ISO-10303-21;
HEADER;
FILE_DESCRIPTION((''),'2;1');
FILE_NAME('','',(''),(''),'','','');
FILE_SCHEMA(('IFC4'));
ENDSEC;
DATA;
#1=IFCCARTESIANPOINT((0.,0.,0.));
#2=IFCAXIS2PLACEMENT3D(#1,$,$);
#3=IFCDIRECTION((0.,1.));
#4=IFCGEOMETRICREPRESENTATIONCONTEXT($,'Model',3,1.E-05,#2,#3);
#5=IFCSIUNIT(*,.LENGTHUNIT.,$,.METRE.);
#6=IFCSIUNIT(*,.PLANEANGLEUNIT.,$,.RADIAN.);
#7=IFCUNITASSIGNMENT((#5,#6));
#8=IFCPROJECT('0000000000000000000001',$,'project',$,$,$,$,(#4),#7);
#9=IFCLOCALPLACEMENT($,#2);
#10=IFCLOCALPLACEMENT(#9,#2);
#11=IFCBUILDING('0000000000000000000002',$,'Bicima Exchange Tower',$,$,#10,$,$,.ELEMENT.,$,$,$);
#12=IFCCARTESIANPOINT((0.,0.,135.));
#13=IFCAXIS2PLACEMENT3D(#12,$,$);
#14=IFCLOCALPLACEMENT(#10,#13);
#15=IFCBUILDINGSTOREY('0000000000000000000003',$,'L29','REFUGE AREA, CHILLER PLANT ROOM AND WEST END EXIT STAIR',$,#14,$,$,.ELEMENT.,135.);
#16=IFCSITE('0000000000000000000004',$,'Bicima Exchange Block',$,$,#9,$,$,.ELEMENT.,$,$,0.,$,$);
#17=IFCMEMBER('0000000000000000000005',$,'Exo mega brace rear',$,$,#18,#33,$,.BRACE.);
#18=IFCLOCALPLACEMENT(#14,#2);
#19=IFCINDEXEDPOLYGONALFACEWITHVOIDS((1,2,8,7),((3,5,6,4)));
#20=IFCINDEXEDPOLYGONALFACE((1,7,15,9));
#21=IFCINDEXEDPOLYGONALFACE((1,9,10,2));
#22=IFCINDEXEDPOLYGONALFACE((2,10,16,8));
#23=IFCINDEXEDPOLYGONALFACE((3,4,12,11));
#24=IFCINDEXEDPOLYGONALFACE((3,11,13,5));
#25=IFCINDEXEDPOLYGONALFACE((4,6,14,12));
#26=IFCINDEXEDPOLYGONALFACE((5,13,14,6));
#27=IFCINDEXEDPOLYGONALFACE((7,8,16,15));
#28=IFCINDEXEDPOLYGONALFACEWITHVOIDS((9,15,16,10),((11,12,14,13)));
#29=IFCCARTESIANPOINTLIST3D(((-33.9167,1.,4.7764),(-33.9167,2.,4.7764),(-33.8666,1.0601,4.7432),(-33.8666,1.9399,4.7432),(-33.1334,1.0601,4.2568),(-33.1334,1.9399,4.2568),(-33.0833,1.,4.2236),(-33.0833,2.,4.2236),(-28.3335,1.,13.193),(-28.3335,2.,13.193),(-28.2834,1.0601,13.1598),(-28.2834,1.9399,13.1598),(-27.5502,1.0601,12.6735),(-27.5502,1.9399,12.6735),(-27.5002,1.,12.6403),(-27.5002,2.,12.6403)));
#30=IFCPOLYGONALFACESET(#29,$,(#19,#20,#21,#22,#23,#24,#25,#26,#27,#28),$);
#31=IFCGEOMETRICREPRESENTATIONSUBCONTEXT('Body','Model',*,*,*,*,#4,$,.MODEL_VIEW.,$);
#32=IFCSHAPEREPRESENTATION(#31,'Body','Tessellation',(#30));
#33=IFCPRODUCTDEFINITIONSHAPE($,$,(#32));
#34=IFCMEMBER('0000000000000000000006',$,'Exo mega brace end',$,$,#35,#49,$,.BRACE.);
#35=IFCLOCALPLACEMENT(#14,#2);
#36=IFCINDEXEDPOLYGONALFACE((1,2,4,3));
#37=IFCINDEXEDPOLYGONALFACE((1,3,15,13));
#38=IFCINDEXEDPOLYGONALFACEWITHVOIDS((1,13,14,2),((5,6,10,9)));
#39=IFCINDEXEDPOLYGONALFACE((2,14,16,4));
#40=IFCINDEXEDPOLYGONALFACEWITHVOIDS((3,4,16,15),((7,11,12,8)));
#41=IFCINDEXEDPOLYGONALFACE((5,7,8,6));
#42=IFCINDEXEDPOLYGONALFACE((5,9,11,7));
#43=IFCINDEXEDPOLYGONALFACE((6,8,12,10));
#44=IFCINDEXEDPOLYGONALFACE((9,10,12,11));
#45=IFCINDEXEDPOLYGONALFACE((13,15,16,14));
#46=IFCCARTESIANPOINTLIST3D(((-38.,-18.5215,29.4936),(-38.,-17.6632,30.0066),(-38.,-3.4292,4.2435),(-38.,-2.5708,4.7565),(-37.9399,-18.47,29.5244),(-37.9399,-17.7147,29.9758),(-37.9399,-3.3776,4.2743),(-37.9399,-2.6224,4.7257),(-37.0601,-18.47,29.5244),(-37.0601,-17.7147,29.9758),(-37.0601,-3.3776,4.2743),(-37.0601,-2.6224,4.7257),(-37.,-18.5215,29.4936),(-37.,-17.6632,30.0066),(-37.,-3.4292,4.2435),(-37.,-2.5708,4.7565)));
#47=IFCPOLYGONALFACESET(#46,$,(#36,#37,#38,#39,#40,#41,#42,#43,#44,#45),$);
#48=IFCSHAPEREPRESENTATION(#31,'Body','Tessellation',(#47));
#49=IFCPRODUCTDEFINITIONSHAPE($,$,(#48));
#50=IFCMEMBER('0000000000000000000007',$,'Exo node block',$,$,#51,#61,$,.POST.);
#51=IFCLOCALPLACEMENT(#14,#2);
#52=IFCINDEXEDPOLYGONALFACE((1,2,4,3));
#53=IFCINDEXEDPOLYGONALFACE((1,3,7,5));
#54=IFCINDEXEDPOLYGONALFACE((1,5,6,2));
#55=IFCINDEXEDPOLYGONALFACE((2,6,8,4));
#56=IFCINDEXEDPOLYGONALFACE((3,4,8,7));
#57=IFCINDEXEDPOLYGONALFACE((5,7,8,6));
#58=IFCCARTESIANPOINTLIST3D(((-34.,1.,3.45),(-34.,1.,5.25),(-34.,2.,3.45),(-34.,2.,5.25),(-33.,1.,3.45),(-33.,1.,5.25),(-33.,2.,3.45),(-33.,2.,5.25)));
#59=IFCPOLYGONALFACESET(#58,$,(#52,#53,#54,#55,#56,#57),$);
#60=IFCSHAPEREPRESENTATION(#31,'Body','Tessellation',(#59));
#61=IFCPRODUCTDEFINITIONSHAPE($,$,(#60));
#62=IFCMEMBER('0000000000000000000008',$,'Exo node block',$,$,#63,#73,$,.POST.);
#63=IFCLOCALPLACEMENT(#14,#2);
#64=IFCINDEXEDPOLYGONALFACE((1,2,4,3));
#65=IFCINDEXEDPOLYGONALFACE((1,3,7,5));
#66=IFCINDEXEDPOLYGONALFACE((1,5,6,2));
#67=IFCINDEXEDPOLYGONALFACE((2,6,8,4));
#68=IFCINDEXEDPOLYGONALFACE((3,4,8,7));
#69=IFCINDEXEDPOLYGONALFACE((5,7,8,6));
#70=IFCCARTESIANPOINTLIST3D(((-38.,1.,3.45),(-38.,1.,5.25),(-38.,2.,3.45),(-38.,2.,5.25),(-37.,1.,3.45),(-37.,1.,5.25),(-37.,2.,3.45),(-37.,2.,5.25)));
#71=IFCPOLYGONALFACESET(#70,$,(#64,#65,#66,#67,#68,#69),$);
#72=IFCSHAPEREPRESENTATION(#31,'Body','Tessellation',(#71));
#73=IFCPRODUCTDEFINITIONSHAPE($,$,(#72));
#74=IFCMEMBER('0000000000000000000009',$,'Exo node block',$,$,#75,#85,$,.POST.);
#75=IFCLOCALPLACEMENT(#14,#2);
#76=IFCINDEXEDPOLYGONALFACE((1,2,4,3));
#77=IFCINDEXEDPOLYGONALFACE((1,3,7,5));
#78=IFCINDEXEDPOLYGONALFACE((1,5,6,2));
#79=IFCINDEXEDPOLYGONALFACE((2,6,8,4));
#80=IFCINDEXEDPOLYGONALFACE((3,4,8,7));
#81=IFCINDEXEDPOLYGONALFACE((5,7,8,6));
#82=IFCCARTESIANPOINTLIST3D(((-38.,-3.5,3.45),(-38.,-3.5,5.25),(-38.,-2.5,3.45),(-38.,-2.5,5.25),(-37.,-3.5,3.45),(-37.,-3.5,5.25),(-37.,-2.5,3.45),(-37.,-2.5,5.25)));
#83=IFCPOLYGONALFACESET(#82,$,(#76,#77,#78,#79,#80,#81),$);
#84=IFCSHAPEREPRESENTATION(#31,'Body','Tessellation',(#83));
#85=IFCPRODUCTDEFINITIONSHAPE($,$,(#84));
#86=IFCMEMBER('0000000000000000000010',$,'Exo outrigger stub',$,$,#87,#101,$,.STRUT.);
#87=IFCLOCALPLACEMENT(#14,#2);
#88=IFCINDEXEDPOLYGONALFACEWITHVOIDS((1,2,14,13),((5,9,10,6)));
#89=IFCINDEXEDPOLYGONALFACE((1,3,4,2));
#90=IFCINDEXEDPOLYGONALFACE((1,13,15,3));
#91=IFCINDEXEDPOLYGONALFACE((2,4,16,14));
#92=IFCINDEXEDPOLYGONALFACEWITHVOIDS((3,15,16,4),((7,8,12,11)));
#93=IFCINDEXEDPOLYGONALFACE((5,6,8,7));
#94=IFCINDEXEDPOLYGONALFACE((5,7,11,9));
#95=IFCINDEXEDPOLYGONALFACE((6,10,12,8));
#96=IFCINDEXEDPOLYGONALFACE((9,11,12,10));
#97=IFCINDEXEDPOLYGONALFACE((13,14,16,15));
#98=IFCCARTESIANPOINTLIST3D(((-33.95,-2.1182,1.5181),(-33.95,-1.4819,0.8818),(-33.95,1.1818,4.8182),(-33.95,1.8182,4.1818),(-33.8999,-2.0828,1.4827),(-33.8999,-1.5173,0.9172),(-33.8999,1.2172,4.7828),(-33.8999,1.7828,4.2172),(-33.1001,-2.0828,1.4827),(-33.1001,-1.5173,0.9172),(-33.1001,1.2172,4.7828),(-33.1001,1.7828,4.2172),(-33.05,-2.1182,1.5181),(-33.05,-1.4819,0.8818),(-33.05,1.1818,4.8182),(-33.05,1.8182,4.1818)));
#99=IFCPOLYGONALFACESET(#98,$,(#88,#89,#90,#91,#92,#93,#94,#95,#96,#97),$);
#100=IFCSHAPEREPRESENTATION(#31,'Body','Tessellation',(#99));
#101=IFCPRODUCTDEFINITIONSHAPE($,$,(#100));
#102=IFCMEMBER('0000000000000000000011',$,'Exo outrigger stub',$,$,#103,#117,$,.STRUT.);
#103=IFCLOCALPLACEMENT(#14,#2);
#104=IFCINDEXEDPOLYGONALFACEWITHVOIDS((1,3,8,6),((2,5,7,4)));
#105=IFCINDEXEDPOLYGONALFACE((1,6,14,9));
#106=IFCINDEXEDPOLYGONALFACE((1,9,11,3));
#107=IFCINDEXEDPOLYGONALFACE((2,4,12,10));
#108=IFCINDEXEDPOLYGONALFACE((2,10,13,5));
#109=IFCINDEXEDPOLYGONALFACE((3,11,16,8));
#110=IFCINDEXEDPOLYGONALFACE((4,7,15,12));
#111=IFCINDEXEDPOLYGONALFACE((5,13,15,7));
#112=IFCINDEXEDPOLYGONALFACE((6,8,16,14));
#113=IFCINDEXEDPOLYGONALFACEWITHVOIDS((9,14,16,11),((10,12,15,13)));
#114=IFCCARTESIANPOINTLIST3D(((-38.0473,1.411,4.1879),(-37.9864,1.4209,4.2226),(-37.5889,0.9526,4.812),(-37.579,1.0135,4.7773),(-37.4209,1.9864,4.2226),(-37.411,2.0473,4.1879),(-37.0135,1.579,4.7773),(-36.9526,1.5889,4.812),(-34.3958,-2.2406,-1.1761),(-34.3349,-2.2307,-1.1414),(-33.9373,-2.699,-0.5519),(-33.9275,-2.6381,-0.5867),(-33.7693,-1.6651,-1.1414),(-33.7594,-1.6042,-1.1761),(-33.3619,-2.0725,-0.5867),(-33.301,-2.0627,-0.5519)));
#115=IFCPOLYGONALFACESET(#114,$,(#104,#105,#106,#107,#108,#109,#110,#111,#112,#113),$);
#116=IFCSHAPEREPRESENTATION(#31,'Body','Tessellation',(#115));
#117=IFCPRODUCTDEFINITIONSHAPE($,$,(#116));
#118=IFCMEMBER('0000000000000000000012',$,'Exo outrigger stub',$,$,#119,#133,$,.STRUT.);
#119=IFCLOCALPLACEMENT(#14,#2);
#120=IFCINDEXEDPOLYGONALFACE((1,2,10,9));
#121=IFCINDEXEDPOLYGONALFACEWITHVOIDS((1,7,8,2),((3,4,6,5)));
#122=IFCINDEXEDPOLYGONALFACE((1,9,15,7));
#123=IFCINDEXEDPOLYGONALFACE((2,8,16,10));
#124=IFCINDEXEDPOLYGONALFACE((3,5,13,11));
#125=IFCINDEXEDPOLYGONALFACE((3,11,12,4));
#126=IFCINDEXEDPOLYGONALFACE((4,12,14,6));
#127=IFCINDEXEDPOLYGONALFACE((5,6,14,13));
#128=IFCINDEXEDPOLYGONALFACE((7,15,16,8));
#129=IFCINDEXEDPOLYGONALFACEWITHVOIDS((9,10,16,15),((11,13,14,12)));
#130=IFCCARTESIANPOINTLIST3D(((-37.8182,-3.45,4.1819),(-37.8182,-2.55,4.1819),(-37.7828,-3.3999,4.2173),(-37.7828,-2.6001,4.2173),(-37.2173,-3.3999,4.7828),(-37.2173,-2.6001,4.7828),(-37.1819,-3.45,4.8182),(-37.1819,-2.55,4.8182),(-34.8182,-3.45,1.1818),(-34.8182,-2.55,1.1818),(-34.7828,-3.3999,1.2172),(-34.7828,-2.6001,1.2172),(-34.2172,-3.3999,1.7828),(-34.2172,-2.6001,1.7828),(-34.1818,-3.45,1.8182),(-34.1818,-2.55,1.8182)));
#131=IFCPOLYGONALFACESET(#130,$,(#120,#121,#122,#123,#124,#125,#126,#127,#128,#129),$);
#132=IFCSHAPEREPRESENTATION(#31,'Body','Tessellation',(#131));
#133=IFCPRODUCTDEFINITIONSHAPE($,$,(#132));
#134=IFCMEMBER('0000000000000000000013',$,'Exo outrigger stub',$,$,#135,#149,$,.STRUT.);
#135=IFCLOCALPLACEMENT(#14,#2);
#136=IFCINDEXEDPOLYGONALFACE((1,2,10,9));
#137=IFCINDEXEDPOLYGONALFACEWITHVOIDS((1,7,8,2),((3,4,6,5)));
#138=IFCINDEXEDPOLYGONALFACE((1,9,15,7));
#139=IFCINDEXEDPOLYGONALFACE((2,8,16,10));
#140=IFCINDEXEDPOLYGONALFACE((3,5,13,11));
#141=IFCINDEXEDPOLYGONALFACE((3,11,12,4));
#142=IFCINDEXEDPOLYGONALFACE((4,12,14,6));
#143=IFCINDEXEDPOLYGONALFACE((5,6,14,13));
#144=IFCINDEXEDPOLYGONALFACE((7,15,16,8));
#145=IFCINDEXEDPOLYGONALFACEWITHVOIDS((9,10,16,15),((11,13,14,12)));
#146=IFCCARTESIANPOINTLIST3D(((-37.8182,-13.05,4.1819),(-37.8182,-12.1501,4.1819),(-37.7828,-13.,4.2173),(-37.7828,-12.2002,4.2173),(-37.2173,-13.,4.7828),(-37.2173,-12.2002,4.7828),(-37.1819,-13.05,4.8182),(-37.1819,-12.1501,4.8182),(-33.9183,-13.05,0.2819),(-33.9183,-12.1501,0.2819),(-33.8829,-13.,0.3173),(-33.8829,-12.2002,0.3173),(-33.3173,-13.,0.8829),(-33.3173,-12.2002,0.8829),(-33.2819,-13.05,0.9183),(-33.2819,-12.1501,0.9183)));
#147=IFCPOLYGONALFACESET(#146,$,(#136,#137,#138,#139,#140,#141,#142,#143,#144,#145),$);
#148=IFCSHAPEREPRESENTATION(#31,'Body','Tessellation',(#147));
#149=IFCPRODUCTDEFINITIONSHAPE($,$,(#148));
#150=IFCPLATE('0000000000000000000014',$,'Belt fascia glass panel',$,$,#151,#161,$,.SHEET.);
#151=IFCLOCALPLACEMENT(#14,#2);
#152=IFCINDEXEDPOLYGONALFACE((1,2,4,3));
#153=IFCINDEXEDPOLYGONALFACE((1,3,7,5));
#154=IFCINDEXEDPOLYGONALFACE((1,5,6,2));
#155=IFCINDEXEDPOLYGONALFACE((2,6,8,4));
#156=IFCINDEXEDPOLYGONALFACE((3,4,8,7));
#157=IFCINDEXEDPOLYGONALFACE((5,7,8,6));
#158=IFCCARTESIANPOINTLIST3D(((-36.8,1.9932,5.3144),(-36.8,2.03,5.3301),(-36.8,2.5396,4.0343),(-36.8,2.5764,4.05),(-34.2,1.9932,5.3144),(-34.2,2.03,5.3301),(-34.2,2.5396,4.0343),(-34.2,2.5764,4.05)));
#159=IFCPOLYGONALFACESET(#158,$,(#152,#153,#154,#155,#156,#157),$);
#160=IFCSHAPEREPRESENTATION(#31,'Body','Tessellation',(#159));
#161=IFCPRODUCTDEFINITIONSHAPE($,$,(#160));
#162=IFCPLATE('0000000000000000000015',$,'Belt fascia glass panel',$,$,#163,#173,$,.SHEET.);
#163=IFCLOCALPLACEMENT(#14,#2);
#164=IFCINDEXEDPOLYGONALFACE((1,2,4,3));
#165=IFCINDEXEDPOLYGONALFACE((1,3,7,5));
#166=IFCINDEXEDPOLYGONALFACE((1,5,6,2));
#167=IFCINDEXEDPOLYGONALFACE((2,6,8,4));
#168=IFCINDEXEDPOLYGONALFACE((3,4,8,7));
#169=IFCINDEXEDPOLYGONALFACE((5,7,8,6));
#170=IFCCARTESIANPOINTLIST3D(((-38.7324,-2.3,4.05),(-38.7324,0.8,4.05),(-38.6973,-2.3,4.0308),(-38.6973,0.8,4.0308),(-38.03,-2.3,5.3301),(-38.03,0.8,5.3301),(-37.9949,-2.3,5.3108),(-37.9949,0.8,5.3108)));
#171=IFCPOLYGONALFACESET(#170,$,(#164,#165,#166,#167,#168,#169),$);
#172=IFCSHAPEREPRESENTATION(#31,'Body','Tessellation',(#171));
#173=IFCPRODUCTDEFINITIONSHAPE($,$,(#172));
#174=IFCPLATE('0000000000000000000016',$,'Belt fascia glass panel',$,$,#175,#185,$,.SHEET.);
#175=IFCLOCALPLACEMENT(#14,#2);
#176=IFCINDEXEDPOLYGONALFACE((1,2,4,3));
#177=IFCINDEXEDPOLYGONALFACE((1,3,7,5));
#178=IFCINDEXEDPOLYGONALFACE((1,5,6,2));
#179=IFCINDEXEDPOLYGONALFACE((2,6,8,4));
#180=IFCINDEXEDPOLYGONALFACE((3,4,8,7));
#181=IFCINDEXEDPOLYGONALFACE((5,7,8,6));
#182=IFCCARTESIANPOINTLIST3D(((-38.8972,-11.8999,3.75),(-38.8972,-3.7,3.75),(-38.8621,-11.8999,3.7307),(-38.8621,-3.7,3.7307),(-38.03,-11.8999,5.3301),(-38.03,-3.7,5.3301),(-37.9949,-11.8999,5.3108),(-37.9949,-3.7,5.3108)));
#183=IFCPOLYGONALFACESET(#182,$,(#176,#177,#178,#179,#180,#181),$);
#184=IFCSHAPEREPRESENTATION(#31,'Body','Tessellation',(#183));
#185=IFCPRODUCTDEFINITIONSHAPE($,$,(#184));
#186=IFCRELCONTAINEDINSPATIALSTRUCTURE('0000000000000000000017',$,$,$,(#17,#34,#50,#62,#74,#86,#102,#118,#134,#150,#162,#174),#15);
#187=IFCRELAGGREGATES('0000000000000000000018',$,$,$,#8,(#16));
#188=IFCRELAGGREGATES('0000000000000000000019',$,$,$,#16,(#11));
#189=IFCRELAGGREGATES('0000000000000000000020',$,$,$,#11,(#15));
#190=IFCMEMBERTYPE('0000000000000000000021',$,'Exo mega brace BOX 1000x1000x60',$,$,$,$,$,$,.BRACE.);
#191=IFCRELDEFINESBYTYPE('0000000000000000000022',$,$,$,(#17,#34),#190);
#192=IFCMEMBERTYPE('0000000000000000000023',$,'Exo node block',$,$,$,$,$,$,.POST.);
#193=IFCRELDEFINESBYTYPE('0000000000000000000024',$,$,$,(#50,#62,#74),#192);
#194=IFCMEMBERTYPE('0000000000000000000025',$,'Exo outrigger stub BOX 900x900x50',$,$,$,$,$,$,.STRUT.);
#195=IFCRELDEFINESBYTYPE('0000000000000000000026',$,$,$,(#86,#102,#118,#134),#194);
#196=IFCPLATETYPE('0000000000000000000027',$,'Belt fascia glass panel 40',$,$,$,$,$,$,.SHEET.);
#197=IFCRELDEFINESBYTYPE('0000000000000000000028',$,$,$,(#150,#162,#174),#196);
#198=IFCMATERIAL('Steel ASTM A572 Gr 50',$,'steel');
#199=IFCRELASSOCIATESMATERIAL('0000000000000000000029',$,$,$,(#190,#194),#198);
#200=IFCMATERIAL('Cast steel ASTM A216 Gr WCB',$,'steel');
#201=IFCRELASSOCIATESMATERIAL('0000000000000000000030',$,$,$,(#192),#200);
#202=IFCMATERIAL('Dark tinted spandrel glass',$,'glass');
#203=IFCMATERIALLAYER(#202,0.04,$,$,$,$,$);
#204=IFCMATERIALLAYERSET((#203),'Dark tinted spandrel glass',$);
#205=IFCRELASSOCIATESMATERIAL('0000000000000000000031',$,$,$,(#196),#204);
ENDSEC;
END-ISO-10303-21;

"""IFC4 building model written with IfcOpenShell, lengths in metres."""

from ifc_helpers import new_model, si_unit, direction, frame, origin, origin_2d, place, context, subcontext, project, spatial, polyline, rectangle, hollow_rectangle, outline, extrude, material, layer, layer_set, material_profile, profile_set, type_object, element, save


model = new_model("IFC4")

# Units and contexts
model_context = context("Model", 3, precision=1e-05, world=origin(), true_north=direction((0.0, 1.0)))
body_context = subcontext(model_context, "Body", "Model", "MODEL_VIEW")
ifc_project = project(units=[si_unit("LENGTHUNIT", "METRE"), si_unit("PLANEANGLEUNIT", "RADIAN")], contexts=[model_context])

# Site, building, storey
site_placement = place(None, origin())
site = spatial("IfcSite", under=ifc_project, at=site_placement, Name="Bicima Exchange Block", CompositionType="ELEMENT", RefElevation=0.0)
building_placement = place(site_placement, origin())
building = spatial("IfcBuilding", under=site, at=building_placement, Name="Bicima Exchange Tower", CompositionType="ELEMENT")
storey_placement = place(building_placement, frame((0.0, 0.0, 135.0)))
storey = spatial("IfcBuildingStorey", under=building, at=storey_placement, Name="L29", Description="REFUGE AREA, CHILLER PLANT ROOM AND WEST END EXIT STAIR", CompositionType="ELEMENT", Elevation=135.0)

# Shared definitions
ifc_material_1 = material(Name="Steel ASTM A572 Gr 50", Category="steel")

# Members
ifc_material_profile_1 = material_profile(ifc_material_1, hollow_rectangle(XDim=1.0, YDim=1.0, WallThickness=0.0601, at=origin_2d()))
ifc_profile_set_1 = profile_set([ifc_material_profile_1], Name="Steel ASTM A572 Gr 50")
member_type_1 = type_object("IfcMemberType", Name="Exo mega brace BOX 1000x1000x60", PredefinedType="BRACE", material=ifc_profile_set_1)
member_1_placement = place(storey_placement, frame((-33.5, 1.5, 4.5), z_axis=(0.552785, 0.0, 0.833324), x_axis=(0.0, 1.0, 0.0)))
element("IfcMember", 1, at=member_1_placement, inside=storey, type_object=member_type_1, Name="Exo mega brace rear", PredefinedType="BRACE", context=body_context, shape_type="SweptSolid", body=[
    extrude(hollow_rectangle(XDim=1.0, YDim=1.0, WallThickness=0.0601, at=origin_2d()), origin(), (0.0, 0.0, 1.0), 10.1001),
])
member_2_placement = place(storey_placement, frame((-37.5, -3.0, 4.5), z_axis=(0.0, -0.513052, 0.858357), x_axis=(1.0, 0.0, 0.0)))
element("IfcMember", 2, at=member_2_placement, inside=storey, type_object=member_type_1, Name="Exo mega brace end", PredefinedType="BRACE", context=body_context, shape_type="SweptSolid", body=[
    extrude(hollow_rectangle(XDim=1.0, YDim=1.0, WallThickness=0.0601, at=origin_2d()), origin(), (0.0, 0.0, 1.0), 29.4167),
])
ifc_material_2 = material(Name="Cast steel ASTM A216 Gr WCB", Category="steel")
ifc_material_profile_2 = material_profile(ifc_material_2, rectangle(XDim=1.0, YDim=1.0, at=origin_2d()))
ifc_profile_set_2 = profile_set([ifc_material_profile_2], Name="Cast steel ASTM A216 Gr WCB")
member_type_2 = type_object("IfcMemberType", Name="Exo node block", PredefinedType="POST", material=ifc_profile_set_2)
for number, where, z_axis, x_axis, name in (
    (3, (-33.5, 1.5, 3.45), (0.0, 0.0, 1.0), (1.0, 0.0, 0.0), "Exo node block"),
    (4, (-37.5, 1.5, 3.45), (0.0, 0.0, 1.0), (1.0, 0.0, 0.0), "Exo node block"),
    (5, (-37.5, -3.0, 3.45), (0.0, 0.0, 1.0), (1.0, 0.0, 0.0), "Exo node block"),
):
    element("IfcMember", number, at=place(storey_placement, frame(where, z_axis=z_axis, x_axis=x_axis)), inside=storey, type_object=member_type_2, Name=name, PredefinedType="POST", context=body_context, shape_type="SweptSolid", body=[
        extrude(rectangle(XDim=1.0, YDim=1.0, at=origin_2d()), origin(), (0.0, 0.0, 1.0), 1.8),
    ])
ifc_material_profile_3 = material_profile(ifc_material_1, hollow_rectangle(XDim=0.8999, YDim=0.8999, WallThickness=0.05, at=origin_2d()))
ifc_profile_set_3 = profile_set([ifc_material_profile_3], Name="Steel ASTM A572 Gr 50")
member_type_3 = type_object("IfcMemberType", Name="Exo outrigger stub BOX 900x900x50", PredefinedType="STRUT", material=ifc_profile_set_3)
member_3_placement = place(storey_placement, frame((-33.5, -1.8, 1.2), z_axis=(0.0, 0.707107, 0.707107), x_axis=(-1.0, 0.0, 0.0)))
element("IfcMember", 6, at=member_3_placement, inside=storey, type_object=member_type_3, Name="Exo outrigger stub", PredefinedType="STRUT", context=body_context, shape_type="SweptSolid", body=[
    extrude(hollow_rectangle(XDim=0.8999, YDim=0.8999, WallThickness=0.05, at=origin_2d()), origin(), (0.0, 0.0, 1.0), 4.667),
])
member_4_placement = place(storey_placement, frame((-33.8484, -2.1516, -0.864), z_axis=(-0.49042, 0.49042, 0.7204), x_axis=(-0.707107, -0.707107, 0.0)))
element("IfcMember", 7, at=member_4_placement, inside=storey, type_object=member_type_3, Name="Exo outrigger stub", PredefinedType="STRUT", context=body_context, shape_type="SweptSolid", body=[
    extrude(hollow_rectangle(XDim=0.8999, YDim=0.8999, WallThickness=0.05, at=origin_2d()), origin(), (0.0, 0.0, 1.0), 7.4458),
])
member_5_placement = place(storey_placement, frame((-34.5, -3.0, 1.5), z_axis=(-0.707107, 0.0, 0.707107), x_axis=(0.0, -1.0, 0.0)))
element("IfcMember", 8, at=member_5_placement, inside=storey, type_object=member_type_3, Name="Exo outrigger stub", PredefinedType="STRUT", context=body_context, shape_type="SweptSolid", body=[
    extrude(hollow_rectangle(XDim=0.8999, YDim=0.8999, WallThickness=0.05, at=origin_2d()), origin(), (0.0, 0.0, 1.0), 4.2427),
])
member_6_placement = place(storey_placement, frame((-33.6001, -12.6001, 0.6001), z_axis=(-0.707107, 0.0, 0.707107), x_axis=(0.0, -1.0, 0.0)))
element("IfcMember", 9, at=member_6_placement, inside=storey, type_object=member_type_3, Name="Exo outrigger stub", PredefinedType="STRUT", context=body_context, shape_type="SweptSolid", body=[
    extrude(hollow_rectangle(XDim=0.8999, YDim=0.8999, WallThickness=0.05, at=origin_2d()), origin(), (0.0, 0.0, 1.0), 5.5154),
])

# Plates
ifc_material_3 = material(Name="Dark tinted spandrel glass", Category="glass")
ifc_layer_1 = layer(ifc_material_3, 0.04)
ifc_layer_set_1 = layer_set([ifc_layer_1], Name="Dark tinted spandrel glass")
plate_type = type_object("IfcPlateType", Name="Belt fascia glass panel 40", PredefinedType="SHEET", material=ifc_layer_set_1)
plate_1_placement = place(storey_placement, frame((-34.2, 2.5764, 4.05), z_axis=(0.0, 0.919716, 0.392585), x_axis=(-1.0, 0.0, 0.0)))
element("IfcPlate", 10, at=plate_1_placement, inside=storey, type_object=plate_type, Name="Belt fascia glass panel", PredefinedType="SHEET", context=body_context, shape_type="SweptSolid", body=[
    extrude(outline(polyline([(0.0, 0.0), (2.6001, 0.0), (2.6001, 1.3918), (0.0, 1.3918), (0.0, 0.0)])), origin(), (0.0, 0.0, -1.0), 0.04),
])
plate_2_placement = place(storey_placement, frame((-38.7324, 0.8, 4.05), z_axis=(-0.876685, 0.0, 0.481065), x_axis=(0.0, -1.0, 0.0)))
element("IfcPlate", 11, at=plate_2_placement, inside=storey, type_object=plate_type, Name="Belt fascia glass panel", PredefinedType="SHEET", context=body_context, shape_type="SweptSolid", body=[
    extrude(outline(polyline([(0.0, 0.0), (3.1001, 0.0), (3.1001, 1.4601), (0.0, 1.4601), (0.0, 0.0)])), origin(), (0.0, 0.0, -1.0), 0.04),
])
plate_3_placement = place(storey_placement, frame((-38.8972, -3.7, 3.75), z_axis=(-0.87665, 0.0, 0.481128), x_axis=(0.0, -1.0, 0.0)))
element("IfcPlate", 12, at=plate_3_placement, inside=storey, type_object=plate_type, Name="Belt fascia glass panel", PredefinedType="SHEET", context=body_context, shape_type="SweptSolid", body=[
    extrude(outline(polyline([(0.0, 0.0), (8.2, 0.0), (8.2, 1.8024), (0.0, 1.8024), (0.0, 0.0)])), origin(), (0.0, 0.0, -1.0), 0.04),
])

save(model, "model.ifc")
